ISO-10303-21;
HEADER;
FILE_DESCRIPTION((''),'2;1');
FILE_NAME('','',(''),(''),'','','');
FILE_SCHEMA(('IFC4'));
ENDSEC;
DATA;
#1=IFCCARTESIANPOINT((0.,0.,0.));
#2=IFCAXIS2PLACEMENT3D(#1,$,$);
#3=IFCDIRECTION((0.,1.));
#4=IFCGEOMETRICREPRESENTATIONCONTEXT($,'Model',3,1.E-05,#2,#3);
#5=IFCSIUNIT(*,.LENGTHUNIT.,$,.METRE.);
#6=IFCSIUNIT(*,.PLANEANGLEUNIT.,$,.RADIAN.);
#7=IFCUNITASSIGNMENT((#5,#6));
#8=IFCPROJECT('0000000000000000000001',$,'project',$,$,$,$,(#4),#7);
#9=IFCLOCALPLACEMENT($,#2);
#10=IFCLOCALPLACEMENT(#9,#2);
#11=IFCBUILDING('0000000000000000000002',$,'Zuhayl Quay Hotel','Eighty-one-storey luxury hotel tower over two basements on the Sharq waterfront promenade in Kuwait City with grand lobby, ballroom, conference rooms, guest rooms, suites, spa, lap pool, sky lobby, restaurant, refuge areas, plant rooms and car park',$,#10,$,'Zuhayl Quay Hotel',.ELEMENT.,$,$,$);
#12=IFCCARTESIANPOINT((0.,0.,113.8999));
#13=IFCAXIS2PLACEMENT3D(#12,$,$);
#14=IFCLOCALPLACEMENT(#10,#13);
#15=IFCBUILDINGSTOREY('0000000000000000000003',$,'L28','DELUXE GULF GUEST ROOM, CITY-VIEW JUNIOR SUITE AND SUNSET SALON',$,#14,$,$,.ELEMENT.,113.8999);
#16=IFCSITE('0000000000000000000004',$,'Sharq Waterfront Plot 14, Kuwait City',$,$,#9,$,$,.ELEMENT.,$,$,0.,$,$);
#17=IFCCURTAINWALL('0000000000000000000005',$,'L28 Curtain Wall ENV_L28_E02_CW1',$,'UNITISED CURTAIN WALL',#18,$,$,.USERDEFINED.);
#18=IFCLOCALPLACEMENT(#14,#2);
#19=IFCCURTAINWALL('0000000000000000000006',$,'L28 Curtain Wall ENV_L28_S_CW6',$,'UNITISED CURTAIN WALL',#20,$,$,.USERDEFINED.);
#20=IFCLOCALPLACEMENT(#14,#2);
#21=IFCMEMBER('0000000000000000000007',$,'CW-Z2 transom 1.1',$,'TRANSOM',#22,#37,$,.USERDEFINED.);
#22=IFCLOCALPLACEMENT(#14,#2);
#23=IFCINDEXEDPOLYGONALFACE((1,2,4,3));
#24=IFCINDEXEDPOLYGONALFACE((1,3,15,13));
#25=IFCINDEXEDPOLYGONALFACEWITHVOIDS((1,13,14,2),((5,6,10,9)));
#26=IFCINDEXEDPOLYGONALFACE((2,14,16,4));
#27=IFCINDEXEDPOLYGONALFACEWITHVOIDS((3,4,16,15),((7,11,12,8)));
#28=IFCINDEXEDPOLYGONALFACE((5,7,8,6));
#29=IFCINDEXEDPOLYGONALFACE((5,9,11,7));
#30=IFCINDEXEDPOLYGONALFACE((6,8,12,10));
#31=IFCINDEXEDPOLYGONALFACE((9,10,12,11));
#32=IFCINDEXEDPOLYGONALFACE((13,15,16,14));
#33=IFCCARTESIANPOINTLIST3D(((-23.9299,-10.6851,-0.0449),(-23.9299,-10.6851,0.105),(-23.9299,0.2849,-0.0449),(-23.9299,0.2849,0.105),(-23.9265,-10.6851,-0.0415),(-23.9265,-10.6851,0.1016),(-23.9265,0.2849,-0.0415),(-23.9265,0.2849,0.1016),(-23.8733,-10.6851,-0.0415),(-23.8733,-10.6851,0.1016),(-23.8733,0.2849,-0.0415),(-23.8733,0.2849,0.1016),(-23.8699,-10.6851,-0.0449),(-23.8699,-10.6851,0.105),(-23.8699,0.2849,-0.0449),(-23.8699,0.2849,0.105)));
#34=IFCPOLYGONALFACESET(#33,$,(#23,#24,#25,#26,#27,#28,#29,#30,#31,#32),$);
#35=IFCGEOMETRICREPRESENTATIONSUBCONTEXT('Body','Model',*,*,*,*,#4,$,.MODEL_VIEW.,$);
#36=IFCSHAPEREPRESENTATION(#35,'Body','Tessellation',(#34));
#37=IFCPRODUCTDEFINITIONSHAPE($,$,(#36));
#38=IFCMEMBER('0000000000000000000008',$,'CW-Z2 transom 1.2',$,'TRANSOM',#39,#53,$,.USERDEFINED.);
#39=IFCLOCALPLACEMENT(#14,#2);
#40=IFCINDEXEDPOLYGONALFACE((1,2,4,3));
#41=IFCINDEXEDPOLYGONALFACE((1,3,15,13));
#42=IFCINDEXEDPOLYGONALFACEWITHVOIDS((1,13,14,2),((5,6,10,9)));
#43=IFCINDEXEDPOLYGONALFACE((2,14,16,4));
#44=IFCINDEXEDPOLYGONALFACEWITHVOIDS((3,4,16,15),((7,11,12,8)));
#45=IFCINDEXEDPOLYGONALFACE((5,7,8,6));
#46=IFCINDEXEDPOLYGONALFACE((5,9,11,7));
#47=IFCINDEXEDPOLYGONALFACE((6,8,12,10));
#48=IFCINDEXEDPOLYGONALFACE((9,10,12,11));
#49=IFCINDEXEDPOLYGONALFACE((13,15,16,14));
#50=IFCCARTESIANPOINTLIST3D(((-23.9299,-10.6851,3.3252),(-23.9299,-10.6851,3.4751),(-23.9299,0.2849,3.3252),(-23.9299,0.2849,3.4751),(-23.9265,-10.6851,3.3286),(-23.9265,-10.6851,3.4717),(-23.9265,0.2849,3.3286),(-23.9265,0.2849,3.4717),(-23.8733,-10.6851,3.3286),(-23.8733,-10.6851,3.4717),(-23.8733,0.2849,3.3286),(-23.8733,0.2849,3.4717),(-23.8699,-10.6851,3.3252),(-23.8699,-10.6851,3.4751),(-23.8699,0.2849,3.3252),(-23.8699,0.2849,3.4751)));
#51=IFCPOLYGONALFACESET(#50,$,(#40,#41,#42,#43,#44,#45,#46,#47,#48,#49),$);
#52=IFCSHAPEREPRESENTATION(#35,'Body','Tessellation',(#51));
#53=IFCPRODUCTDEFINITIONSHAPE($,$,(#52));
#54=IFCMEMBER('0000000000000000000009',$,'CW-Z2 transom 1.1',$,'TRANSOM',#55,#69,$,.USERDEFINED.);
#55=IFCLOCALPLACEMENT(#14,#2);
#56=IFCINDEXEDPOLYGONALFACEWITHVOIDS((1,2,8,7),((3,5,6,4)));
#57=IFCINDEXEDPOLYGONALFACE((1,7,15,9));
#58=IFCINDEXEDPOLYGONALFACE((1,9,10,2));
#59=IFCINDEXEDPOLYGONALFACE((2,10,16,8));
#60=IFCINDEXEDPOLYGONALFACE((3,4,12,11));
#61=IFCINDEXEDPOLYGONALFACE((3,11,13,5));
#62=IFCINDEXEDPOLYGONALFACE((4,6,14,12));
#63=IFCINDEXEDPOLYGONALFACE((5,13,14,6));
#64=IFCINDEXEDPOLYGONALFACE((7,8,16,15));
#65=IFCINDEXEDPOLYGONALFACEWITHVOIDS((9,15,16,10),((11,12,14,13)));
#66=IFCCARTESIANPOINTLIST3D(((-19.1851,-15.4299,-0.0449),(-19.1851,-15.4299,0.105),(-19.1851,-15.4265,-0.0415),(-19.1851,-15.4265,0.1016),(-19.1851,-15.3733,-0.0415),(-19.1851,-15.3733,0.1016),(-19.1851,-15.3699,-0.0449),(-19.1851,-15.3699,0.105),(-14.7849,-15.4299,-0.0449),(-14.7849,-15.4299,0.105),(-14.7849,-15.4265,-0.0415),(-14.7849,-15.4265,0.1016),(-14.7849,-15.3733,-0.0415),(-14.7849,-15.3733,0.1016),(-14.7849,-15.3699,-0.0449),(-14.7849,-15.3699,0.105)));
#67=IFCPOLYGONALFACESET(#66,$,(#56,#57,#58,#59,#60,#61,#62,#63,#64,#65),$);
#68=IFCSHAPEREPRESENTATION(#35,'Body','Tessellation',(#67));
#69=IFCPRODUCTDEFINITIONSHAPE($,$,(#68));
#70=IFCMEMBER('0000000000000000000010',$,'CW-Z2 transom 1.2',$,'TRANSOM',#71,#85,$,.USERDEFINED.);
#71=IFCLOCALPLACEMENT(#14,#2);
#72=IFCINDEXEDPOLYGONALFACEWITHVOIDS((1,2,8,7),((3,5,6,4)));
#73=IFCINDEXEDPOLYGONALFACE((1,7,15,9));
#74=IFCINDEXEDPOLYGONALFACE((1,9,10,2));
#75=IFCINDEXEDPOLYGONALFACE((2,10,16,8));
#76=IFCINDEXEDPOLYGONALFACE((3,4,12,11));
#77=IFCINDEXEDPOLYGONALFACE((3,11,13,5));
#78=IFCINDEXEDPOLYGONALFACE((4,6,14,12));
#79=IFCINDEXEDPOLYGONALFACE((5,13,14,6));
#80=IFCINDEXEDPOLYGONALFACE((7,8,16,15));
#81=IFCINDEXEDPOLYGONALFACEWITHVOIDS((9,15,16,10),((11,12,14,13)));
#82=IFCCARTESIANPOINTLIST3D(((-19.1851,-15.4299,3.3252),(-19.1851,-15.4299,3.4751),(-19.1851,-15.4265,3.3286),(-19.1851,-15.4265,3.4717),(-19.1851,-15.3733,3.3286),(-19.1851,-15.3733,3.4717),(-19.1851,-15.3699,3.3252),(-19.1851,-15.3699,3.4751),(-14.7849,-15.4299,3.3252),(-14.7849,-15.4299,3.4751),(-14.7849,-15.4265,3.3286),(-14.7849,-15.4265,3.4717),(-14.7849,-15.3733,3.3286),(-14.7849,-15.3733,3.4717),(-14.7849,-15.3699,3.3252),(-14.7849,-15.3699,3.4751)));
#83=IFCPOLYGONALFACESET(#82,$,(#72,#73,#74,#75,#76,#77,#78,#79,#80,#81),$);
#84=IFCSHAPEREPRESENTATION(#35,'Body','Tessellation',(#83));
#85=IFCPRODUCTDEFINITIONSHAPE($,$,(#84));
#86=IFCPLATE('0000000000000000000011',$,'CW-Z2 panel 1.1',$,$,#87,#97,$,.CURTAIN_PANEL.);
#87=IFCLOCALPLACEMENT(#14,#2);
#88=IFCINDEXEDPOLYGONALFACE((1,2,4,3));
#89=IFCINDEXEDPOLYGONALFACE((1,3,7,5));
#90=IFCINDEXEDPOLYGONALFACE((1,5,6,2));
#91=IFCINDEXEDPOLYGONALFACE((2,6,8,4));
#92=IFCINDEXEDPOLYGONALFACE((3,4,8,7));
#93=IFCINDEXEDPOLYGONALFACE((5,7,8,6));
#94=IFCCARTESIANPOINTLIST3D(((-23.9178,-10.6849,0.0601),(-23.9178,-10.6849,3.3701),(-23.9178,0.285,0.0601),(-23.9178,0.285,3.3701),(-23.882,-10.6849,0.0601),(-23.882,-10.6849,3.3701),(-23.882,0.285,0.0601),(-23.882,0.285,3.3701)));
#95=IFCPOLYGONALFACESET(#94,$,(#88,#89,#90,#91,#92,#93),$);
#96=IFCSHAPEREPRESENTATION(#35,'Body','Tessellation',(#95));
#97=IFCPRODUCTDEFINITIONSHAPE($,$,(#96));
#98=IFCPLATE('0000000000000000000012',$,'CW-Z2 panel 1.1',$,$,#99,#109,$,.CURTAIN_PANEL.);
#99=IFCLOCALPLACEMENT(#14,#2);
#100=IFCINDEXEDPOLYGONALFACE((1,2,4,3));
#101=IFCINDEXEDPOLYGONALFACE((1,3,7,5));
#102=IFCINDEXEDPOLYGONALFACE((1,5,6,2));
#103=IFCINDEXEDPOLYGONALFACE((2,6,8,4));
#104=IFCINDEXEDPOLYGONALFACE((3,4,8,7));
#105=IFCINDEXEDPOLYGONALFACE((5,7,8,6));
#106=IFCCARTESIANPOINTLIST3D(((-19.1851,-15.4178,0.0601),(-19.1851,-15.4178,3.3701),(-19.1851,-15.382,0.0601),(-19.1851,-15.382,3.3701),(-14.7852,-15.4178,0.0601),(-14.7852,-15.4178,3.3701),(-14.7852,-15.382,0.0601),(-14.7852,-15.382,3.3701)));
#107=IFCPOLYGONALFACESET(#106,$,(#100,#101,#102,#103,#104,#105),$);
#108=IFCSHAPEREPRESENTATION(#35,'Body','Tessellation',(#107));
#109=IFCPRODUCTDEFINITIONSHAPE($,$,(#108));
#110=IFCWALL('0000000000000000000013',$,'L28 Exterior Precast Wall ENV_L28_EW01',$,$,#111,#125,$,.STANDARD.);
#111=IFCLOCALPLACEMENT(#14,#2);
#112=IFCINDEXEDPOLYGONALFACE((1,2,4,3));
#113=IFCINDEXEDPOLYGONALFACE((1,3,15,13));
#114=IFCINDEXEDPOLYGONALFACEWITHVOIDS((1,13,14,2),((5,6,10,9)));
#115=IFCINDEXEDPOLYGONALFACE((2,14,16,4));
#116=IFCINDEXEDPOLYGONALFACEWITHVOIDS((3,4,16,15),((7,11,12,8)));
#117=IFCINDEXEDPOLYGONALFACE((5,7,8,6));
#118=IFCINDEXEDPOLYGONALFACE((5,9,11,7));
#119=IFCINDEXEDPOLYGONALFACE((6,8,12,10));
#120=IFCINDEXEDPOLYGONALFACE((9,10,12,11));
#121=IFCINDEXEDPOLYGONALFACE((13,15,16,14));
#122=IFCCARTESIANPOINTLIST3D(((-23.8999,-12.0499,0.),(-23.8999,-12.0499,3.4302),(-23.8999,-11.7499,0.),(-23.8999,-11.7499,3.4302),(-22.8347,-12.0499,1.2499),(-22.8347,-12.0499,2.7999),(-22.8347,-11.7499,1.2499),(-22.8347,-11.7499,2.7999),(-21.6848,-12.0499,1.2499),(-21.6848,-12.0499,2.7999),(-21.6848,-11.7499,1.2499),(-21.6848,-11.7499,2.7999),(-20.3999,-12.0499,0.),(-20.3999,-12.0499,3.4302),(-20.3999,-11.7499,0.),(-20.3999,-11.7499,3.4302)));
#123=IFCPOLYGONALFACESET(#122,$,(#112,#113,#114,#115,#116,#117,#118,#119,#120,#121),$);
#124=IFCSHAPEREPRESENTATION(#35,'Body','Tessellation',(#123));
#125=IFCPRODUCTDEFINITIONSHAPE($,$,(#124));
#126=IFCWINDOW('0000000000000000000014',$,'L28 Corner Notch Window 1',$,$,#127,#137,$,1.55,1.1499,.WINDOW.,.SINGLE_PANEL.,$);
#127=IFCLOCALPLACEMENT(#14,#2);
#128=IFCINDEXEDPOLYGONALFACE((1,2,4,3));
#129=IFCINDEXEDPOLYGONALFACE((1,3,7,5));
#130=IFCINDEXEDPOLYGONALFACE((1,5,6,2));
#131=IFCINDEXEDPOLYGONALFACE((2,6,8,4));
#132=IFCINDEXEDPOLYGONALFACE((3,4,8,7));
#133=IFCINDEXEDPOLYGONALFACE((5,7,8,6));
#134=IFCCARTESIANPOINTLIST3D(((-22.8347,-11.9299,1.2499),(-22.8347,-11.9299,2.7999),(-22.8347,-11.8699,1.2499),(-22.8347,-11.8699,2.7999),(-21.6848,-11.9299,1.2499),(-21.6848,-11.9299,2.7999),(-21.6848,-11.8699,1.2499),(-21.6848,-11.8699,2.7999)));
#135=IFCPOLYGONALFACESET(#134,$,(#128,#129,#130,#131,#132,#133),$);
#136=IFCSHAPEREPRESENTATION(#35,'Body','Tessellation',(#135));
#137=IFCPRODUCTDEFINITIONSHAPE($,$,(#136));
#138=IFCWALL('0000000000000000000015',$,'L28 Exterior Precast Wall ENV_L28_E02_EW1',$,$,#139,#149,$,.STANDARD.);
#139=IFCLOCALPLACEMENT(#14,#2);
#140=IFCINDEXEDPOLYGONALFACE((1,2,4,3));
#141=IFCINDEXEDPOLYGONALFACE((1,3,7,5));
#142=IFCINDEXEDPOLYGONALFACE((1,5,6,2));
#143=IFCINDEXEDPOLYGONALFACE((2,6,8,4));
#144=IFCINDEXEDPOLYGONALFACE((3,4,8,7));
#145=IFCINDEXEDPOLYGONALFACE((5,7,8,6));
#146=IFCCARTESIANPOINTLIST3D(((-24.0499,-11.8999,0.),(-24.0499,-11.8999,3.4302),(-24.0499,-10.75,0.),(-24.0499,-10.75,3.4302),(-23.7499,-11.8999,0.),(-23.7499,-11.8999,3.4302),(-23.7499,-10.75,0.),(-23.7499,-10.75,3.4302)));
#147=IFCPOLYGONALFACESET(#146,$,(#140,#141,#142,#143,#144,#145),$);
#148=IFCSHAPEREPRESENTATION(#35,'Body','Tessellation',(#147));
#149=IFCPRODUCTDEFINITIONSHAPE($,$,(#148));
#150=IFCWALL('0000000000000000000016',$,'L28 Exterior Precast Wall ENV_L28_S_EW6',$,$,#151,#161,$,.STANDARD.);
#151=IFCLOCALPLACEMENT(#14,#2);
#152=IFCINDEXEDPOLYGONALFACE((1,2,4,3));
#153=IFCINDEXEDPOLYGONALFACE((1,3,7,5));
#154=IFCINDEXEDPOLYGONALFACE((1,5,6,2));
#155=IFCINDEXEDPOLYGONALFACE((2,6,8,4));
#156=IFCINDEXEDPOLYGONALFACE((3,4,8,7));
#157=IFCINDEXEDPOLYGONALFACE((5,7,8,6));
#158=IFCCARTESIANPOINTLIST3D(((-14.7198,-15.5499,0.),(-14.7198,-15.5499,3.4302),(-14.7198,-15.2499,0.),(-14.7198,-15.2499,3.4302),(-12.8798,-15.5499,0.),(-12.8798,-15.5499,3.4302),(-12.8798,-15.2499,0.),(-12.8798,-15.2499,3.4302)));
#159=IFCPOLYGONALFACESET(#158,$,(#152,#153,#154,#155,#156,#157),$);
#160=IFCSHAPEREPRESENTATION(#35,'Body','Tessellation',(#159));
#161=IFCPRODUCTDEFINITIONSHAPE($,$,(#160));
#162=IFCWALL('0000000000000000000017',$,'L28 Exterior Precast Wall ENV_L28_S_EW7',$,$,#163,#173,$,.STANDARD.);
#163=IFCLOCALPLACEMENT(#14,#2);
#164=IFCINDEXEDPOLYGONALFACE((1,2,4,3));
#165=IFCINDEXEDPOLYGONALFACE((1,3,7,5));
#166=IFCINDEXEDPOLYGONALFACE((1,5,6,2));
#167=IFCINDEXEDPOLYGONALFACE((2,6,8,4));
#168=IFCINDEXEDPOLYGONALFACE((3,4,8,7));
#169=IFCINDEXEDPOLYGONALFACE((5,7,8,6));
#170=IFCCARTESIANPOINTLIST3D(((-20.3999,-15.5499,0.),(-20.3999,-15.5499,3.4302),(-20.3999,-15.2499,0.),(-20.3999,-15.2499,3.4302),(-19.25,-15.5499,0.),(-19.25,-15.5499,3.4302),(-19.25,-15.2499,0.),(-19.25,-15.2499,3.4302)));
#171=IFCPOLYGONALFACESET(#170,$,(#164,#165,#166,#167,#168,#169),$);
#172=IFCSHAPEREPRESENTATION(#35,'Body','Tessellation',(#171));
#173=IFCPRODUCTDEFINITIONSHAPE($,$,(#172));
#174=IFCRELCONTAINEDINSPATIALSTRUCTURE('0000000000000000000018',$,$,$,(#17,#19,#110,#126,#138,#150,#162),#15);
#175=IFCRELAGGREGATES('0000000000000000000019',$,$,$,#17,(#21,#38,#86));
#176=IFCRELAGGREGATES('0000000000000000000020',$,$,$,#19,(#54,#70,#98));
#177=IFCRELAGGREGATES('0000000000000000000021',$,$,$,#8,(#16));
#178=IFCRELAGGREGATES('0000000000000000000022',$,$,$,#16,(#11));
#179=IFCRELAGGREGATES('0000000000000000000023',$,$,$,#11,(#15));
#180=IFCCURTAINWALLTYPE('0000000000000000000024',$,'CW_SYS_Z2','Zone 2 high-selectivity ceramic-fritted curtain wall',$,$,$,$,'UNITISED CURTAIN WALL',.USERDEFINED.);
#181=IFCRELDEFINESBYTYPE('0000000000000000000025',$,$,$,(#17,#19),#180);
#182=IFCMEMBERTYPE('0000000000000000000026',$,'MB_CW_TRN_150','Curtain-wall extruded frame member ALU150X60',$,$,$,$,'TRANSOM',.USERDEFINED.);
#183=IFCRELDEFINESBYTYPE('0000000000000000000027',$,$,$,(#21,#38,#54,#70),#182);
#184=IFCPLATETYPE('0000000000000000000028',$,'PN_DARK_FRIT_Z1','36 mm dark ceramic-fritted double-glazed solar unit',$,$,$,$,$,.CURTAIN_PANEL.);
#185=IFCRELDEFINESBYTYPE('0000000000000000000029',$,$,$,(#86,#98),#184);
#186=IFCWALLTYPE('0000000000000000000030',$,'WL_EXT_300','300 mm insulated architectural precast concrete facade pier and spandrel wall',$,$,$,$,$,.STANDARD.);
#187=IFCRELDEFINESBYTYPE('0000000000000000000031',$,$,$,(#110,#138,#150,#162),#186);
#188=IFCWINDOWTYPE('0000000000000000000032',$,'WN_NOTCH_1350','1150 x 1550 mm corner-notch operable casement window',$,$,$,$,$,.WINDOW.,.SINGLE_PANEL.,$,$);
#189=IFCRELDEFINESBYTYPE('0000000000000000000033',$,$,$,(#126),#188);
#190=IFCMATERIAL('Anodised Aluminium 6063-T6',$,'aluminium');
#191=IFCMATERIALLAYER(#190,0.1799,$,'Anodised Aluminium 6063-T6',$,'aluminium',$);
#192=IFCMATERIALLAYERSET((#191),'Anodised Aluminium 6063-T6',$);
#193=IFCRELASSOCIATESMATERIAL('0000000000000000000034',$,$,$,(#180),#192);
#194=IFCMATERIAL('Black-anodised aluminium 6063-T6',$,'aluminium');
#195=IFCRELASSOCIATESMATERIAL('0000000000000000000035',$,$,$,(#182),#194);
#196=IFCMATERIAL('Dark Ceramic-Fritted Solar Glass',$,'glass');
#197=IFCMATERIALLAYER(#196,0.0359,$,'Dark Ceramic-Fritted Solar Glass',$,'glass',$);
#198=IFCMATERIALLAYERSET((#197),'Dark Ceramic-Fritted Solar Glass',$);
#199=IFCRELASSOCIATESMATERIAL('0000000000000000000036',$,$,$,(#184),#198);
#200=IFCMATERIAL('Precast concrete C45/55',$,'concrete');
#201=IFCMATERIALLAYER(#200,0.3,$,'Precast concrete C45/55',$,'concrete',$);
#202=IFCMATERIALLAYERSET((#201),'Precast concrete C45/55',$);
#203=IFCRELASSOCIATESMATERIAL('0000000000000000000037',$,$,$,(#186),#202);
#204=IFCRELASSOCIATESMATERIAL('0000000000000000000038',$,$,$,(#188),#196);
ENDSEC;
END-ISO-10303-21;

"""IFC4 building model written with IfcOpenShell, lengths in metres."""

from ifc_helpers import new_model, si_unit, direction, frame, frame_2d, origin, origin_2d, place, context, subcontext, project, spatial, rectangle, hollow_rectangle, extrude, material, layer, layer_set, material_profile, profile_set, type_object, element, fill, aggregate, save


model = new_model("IFC4")

# Units and contexts
model_context = context("Model", 3, precision=1e-05, world=origin(), true_north=direction((0.0, 1.0)))
body_context = subcontext(model_context, "Body", "Model", "MODEL_VIEW")
ifc_project = project(units=[si_unit("LENGTHUNIT", "METRE"), si_unit("PLANEANGLEUNIT", "RADIAN")], contexts=[model_context])

# Site, building, storey
site_placement = place(None, origin())
site = spatial("IfcSite", under=ifc_project, at=site_placement, Name="Sharq Waterfront Plot 14, Kuwait City", CompositionType="ELEMENT", RefElevation=0.0)
building_placement = place(site_placement, origin())
building = spatial("IfcBuilding", under=site, at=building_placement, Name="Zuhayl Quay Hotel", Description="Eighty-one-storey luxury hotel tower over two basements on the Sharq waterfront promenade in Kuwait City with grand lobby, ballroom, conference rooms, guest rooms, suites, spa, lap pool, sky lobby, restaurant, refuge areas, plant rooms and car park", LongName="Zuhayl Quay Hotel", CompositionType="ELEMENT")
storey_placement = place(building_placement, frame((0.0, 0.0, 113.8999)))
storey = spatial("IfcBuildingStorey", under=building, at=storey_placement, Name="L28", Description="DELUXE GULF GUEST ROOM, CITY-VIEW JUNIOR SUITE AND SUNSET SALON", CompositionType="ELEMENT", Elevation=113.8999)

# Curtain wall
ifc_material_1 = material(Name="Anodised Aluminium 6063-T6", Category="aluminium")
ifc_layer_1 = layer(ifc_material_1, 0.1799, Name="Anodised Aluminium 6063-T6", Category="aluminium")
ifc_layer_set_1 = layer_set([ifc_layer_1], Name="Anodised Aluminium 6063-T6")
curtain_wall_type = type_object("IfcCurtainWallType", Name="CW_SYS_Z2", Description="Zone 2 high-selectivity ceramic-fritted curtain wall", ElementType="UNITISED CURTAIN WALL", PredefinedType="USERDEFINED", material=ifc_layer_set_1)
curtain_wall_1_placement = place(storey_placement, origin())
curtain_wall_1 = element("IfcCurtainWall", 1, at=curtain_wall_1_placement, inside=storey, type_object=curtain_wall_type, Name="L28 Curtain Wall ENV_L28_E02_CW1", ObjectType="UNITISED CURTAIN WALL", PredefinedType="USERDEFINED")
ifc_material_2 = material(Name="Black-anodised aluminium 6063-T6", Category="aluminium")

# Curtain wall
curtain_wall_2_placement = place(storey_placement, origin())
curtain_wall_2 = element("IfcCurtainWall", 2, at=curtain_wall_2_placement, inside=storey, type_object=curtain_wall_type, Name="L28 Curtain Wall ENV_L28_S_CW6", ObjectType="UNITISED CURTAIN WALL", PredefinedType="USERDEFINED")

# Members
ifc_material_profile_1 = material_profile(ifc_material_2, hollow_rectangle(XDim=0.0601, YDim=0.1499, WallThickness=0.0034, at=origin_2d()), Name="ALU150X60")
ifc_profile_set_1 = profile_set([ifc_material_profile_1], Name="Black-anodised aluminium 6063-T6")
member_type_1 = type_object("IfcMemberType", Name="MB_CW_TRN_150", Description="Curtain-wall extruded frame member ALU150X60", ElementType="TRANSOM", PredefinedType="USERDEFINED", material=ifc_profile_set_1)
member_1_placement = place(storey_placement, frame((-23.8999, -10.6851, 0.03), z_axis=(0.0, 1.0, 0.0), x_axis=(-1.0, 0.0, 0.0)))
member_1 = element("IfcMember", 3, at=member_1_placement, type_object=member_type_1, Name="CW-Z2 transom 1.1", ObjectType="TRANSOM", PredefinedType="USERDEFINED", context=body_context, shape_type="SweptSolid", body=[
    extrude(hollow_rectangle(XDim=0.0601, YDim=0.1499, WallThickness=0.0034, at=origin_2d()), origin(), (0.0, 0.0, 1.0), 10.97),
])
member_2_placement = place(storey_placement, frame((-23.8999, -10.6851, 3.4001), z_axis=(0.0, 1.0, 0.0), x_axis=(-1.0, 0.0, 0.0)))
member_2 = element("IfcMember", 4, at=member_2_placement, type_object=member_type_1, Name="CW-Z2 transom 1.2", ObjectType="TRANSOM", PredefinedType="USERDEFINED", context=body_context, shape_type="SweptSolid", body=[
    extrude(hollow_rectangle(XDim=0.0601, YDim=0.1499, WallThickness=0.0034, at=origin_2d()), origin(), (0.0, 0.0, 1.0), 10.97),
])
member_3_placement = place(storey_placement, frame((-14.7849, -15.3999, 0.03), z_axis=(-1.0, 0.0, 0.0), x_axis=(0.0, -1.0, 0.0)))
member_3 = element("IfcMember", 5, at=member_3_placement, type_object=member_type_1, Name="CW-Z2 transom 1.1", ObjectType="TRANSOM", PredefinedType="USERDEFINED", context=body_context, shape_type="SweptSolid", body=[
    extrude(hollow_rectangle(XDim=0.0601, YDim=0.1499, WallThickness=0.0034, at=origin_2d()), origin(), (0.0, 0.0, 1.0), 4.4001),
])
member_4_placement = place(storey_placement, frame((-14.7849, -15.3999, 3.4001), z_axis=(-1.0, 0.0, 0.0), x_axis=(0.0, -1.0, 0.0)))
member_4 = element("IfcMember", 6, at=member_4_placement, type_object=member_type_1, Name="CW-Z2 transom 1.2", ObjectType="TRANSOM", PredefinedType="USERDEFINED", context=body_context, shape_type="SweptSolid", body=[
    extrude(hollow_rectangle(XDim=0.0601, YDim=0.1499, WallThickness=0.0034, at=origin_2d()), origin(), (0.0, 0.0, 1.0), 4.4001),
])

# Plates
ifc_material_3 = material(Name="Dark Ceramic-Fritted Solar Glass", Category="glass")
ifc_layer_2 = layer(ifc_material_3, 0.0359, Name="Dark Ceramic-Fritted Solar Glass", Category="glass")
ifc_layer_set_2 = layer_set([ifc_layer_2], Name="Dark Ceramic-Fritted Solar Glass")
plate_type = type_object("IfcPlateType", Name="PN_DARK_FRIT_Z1", Description="36 mm dark ceramic-fritted double-glazed solar unit", PredefinedType="CURTAIN_PANEL", material=ifc_layer_set_2)
plate_1_placement = place(storey_placement, frame((-23.8999, -5.2, 0.0601), z_axis=(0.0, 0.0, 1.0), x_axis=(0.0, 1.0, 0.0)))
plate_1 = element("IfcPlate", 7, at=plate_1_placement, type_object=plate_type, Name="CW-Z2 panel 1.1", PredefinedType="CURTAIN_PANEL", context=body_context, shape_type="SweptSolid", body=[
    extrude(rectangle(XDim=10.97, YDim=0.0359, at=origin_2d()), origin(), (0.0, 0.0, 1.0), 3.3101),
])
aggregate(curtain_wall_1, [member_1, member_2, plate_1])
plate_2_placement = place(storey_placement, frame((-16.9851, -15.3999, 0.0601), z_axis=(0.0, 0.0, 1.0), x_axis=(-1.0, 0.0, 0.0)))
plate_2 = element("IfcPlate", 8, at=plate_2_placement, type_object=plate_type, Name="CW-Z2 panel 1.1", PredefinedType="CURTAIN_PANEL", context=body_context, shape_type="SweptSolid", body=[
    extrude(rectangle(XDim=4.3999, YDim=0.0359, at=origin_2d()), origin(), (0.0, 0.0, 1.0), 3.3101),
])
aggregate(curtain_wall_2, [member_3, member_4, plate_2])

# Wall, opening, window
ifc_material_4 = material(Name="Precast concrete C45/55", Category="concrete")
ifc_layer_3 = layer(ifc_material_4, 0.3, Name="Precast concrete C45/55", Category="concrete")
ifc_layer_set_3 = layer_set([ifc_layer_3], Name="Precast concrete C45/55")
wall_type_1 = type_object("IfcWallType", Name="WL_EXT_300", Description="300 mm insulated architectural precast concrete facade pier and spandrel wall", PredefinedType="STANDARD", material=ifc_layer_set_3)
wall_1_placement = place(storey_placement, frame((-20.3999, -11.8999, 0.0), z_axis=(0.0, 0.0, 1.0), x_axis=(-1.0, 0.0, 0.0)))
wall_1 = element("IfcWall", 9, at=wall_1_placement, inside=storey, type_object=wall_type_1, Name="L28 Exterior Precast Wall ENV_L28_EW01", PredefinedType="STANDARD", context=body_context, shape_type="SweptSolid", body=[
    extrude(rectangle(XDim=3.5, YDim=0.3, at=frame_2d((1.75, 0.0))), origin(), (0.0, 0.0, 1.0), 3.4302),
])
opening_1_placement = place(wall_1_placement, frame((1.2849, 0.0, 1.25)))
opening_1 = element("IfcOpeningElement", 10, at=opening_1_placement, cuts=wall_1, PredefinedType="OPENING", context=body_context, shape_type="SweptSolid", body=[
    extrude(rectangle(XDim=1.1499, YDim=1.55, at=frame_2d((0.575, 0.7749))), frame((0.0, 0.1599, 0.0), z_axis=(0.0, -1.0, 0.0), x_axis=(1.0, 0.0, 0.0)), (0.0, 0.0, 1.0), 0.3201),
])
window_type = type_object("IfcWindowType", Name="WN_NOTCH_1350", Description="1150 x 1550 mm corner-notch operable casement window", PartitioningType="SINGLE_PANEL", PredefinedType="WINDOW", material=ifc_material_3)
window_1_placement = place(opening_1_placement, origin())
window_1 = element("IfcWindow", 11, at=window_1_placement, inside=storey, type_object=window_type, Name="L28 Corner Notch Window 1", OverallHeight=1.55, OverallWidth=1.1499, PartitioningType="SINGLE_PANEL", PredefinedType="WINDOW", context=body_context, shape_type="SweptSolid", body=[
    extrude(rectangle(XDim=1.1499, YDim=1.55, at=frame_2d((0.575, 0.7749))), frame((0.0, 0.03, 0.0), z_axis=(0.0, -1.0, 0.0), x_axis=(1.0, 0.0, 0.0)), (0.0, 0.0, 1.0), 0.0601),
])
fill(opening_1, window_1)

# Walls
wall_2_placement = place(storey_placement, frame((-23.8999, -11.8999, 0.0), z_axis=(0.0, 0.0, 1.0), x_axis=(0.0, 1.0, 0.0)))
element("IfcWall", 12, at=wall_2_placement, inside=storey, type_object=wall_type_1, Name="L28 Exterior Precast Wall ENV_L28_E02_EW1", PredefinedType="STANDARD", context=body_context, shape_type="SweptSolid", body=[
    extrude(rectangle(XDim=1.1499, YDim=0.3, at=frame_2d((0.575, 0.0))), origin(), (0.0, 0.0, 1.0), 3.4302),
])
wall_3_placement = place(storey_placement, frame((-12.8799, -15.3999, 0.0), z_axis=(0.0, 0.0, 1.0), x_axis=(-1.0, 0.0, 0.0)))
element("IfcWall", 13, at=wall_3_placement, inside=storey, type_object=wall_type_1, Name="L28 Exterior Precast Wall ENV_L28_S_EW6", PredefinedType="STANDARD", context=body_context, shape_type="SweptSolid", body=[
    extrude(rectangle(XDim=1.8401, YDim=0.3, at=frame_2d((0.9199, 0.0))), origin(), (0.0, 0.0, 1.0), 3.4302),
])
wall_4_placement = place(storey_placement, frame((-19.25, -15.3999, 0.0), z_axis=(0.0, 0.0, 1.0), x_axis=(-1.0, 0.0, 0.0)))
element("IfcWall", 14, at=wall_4_placement, inside=storey, type_object=wall_type_1, Name="L28 Exterior Precast Wall ENV_L28_S_EW7", PredefinedType="STANDARD", context=body_context, shape_type="SweptSolid", body=[
    extrude(rectangle(XDim=1.1499, YDim=0.3, at=frame_2d((0.575, 0.0))), origin(), (0.0, 0.0, 1.0), 3.4302),
])

save(model, "model.ifc")
